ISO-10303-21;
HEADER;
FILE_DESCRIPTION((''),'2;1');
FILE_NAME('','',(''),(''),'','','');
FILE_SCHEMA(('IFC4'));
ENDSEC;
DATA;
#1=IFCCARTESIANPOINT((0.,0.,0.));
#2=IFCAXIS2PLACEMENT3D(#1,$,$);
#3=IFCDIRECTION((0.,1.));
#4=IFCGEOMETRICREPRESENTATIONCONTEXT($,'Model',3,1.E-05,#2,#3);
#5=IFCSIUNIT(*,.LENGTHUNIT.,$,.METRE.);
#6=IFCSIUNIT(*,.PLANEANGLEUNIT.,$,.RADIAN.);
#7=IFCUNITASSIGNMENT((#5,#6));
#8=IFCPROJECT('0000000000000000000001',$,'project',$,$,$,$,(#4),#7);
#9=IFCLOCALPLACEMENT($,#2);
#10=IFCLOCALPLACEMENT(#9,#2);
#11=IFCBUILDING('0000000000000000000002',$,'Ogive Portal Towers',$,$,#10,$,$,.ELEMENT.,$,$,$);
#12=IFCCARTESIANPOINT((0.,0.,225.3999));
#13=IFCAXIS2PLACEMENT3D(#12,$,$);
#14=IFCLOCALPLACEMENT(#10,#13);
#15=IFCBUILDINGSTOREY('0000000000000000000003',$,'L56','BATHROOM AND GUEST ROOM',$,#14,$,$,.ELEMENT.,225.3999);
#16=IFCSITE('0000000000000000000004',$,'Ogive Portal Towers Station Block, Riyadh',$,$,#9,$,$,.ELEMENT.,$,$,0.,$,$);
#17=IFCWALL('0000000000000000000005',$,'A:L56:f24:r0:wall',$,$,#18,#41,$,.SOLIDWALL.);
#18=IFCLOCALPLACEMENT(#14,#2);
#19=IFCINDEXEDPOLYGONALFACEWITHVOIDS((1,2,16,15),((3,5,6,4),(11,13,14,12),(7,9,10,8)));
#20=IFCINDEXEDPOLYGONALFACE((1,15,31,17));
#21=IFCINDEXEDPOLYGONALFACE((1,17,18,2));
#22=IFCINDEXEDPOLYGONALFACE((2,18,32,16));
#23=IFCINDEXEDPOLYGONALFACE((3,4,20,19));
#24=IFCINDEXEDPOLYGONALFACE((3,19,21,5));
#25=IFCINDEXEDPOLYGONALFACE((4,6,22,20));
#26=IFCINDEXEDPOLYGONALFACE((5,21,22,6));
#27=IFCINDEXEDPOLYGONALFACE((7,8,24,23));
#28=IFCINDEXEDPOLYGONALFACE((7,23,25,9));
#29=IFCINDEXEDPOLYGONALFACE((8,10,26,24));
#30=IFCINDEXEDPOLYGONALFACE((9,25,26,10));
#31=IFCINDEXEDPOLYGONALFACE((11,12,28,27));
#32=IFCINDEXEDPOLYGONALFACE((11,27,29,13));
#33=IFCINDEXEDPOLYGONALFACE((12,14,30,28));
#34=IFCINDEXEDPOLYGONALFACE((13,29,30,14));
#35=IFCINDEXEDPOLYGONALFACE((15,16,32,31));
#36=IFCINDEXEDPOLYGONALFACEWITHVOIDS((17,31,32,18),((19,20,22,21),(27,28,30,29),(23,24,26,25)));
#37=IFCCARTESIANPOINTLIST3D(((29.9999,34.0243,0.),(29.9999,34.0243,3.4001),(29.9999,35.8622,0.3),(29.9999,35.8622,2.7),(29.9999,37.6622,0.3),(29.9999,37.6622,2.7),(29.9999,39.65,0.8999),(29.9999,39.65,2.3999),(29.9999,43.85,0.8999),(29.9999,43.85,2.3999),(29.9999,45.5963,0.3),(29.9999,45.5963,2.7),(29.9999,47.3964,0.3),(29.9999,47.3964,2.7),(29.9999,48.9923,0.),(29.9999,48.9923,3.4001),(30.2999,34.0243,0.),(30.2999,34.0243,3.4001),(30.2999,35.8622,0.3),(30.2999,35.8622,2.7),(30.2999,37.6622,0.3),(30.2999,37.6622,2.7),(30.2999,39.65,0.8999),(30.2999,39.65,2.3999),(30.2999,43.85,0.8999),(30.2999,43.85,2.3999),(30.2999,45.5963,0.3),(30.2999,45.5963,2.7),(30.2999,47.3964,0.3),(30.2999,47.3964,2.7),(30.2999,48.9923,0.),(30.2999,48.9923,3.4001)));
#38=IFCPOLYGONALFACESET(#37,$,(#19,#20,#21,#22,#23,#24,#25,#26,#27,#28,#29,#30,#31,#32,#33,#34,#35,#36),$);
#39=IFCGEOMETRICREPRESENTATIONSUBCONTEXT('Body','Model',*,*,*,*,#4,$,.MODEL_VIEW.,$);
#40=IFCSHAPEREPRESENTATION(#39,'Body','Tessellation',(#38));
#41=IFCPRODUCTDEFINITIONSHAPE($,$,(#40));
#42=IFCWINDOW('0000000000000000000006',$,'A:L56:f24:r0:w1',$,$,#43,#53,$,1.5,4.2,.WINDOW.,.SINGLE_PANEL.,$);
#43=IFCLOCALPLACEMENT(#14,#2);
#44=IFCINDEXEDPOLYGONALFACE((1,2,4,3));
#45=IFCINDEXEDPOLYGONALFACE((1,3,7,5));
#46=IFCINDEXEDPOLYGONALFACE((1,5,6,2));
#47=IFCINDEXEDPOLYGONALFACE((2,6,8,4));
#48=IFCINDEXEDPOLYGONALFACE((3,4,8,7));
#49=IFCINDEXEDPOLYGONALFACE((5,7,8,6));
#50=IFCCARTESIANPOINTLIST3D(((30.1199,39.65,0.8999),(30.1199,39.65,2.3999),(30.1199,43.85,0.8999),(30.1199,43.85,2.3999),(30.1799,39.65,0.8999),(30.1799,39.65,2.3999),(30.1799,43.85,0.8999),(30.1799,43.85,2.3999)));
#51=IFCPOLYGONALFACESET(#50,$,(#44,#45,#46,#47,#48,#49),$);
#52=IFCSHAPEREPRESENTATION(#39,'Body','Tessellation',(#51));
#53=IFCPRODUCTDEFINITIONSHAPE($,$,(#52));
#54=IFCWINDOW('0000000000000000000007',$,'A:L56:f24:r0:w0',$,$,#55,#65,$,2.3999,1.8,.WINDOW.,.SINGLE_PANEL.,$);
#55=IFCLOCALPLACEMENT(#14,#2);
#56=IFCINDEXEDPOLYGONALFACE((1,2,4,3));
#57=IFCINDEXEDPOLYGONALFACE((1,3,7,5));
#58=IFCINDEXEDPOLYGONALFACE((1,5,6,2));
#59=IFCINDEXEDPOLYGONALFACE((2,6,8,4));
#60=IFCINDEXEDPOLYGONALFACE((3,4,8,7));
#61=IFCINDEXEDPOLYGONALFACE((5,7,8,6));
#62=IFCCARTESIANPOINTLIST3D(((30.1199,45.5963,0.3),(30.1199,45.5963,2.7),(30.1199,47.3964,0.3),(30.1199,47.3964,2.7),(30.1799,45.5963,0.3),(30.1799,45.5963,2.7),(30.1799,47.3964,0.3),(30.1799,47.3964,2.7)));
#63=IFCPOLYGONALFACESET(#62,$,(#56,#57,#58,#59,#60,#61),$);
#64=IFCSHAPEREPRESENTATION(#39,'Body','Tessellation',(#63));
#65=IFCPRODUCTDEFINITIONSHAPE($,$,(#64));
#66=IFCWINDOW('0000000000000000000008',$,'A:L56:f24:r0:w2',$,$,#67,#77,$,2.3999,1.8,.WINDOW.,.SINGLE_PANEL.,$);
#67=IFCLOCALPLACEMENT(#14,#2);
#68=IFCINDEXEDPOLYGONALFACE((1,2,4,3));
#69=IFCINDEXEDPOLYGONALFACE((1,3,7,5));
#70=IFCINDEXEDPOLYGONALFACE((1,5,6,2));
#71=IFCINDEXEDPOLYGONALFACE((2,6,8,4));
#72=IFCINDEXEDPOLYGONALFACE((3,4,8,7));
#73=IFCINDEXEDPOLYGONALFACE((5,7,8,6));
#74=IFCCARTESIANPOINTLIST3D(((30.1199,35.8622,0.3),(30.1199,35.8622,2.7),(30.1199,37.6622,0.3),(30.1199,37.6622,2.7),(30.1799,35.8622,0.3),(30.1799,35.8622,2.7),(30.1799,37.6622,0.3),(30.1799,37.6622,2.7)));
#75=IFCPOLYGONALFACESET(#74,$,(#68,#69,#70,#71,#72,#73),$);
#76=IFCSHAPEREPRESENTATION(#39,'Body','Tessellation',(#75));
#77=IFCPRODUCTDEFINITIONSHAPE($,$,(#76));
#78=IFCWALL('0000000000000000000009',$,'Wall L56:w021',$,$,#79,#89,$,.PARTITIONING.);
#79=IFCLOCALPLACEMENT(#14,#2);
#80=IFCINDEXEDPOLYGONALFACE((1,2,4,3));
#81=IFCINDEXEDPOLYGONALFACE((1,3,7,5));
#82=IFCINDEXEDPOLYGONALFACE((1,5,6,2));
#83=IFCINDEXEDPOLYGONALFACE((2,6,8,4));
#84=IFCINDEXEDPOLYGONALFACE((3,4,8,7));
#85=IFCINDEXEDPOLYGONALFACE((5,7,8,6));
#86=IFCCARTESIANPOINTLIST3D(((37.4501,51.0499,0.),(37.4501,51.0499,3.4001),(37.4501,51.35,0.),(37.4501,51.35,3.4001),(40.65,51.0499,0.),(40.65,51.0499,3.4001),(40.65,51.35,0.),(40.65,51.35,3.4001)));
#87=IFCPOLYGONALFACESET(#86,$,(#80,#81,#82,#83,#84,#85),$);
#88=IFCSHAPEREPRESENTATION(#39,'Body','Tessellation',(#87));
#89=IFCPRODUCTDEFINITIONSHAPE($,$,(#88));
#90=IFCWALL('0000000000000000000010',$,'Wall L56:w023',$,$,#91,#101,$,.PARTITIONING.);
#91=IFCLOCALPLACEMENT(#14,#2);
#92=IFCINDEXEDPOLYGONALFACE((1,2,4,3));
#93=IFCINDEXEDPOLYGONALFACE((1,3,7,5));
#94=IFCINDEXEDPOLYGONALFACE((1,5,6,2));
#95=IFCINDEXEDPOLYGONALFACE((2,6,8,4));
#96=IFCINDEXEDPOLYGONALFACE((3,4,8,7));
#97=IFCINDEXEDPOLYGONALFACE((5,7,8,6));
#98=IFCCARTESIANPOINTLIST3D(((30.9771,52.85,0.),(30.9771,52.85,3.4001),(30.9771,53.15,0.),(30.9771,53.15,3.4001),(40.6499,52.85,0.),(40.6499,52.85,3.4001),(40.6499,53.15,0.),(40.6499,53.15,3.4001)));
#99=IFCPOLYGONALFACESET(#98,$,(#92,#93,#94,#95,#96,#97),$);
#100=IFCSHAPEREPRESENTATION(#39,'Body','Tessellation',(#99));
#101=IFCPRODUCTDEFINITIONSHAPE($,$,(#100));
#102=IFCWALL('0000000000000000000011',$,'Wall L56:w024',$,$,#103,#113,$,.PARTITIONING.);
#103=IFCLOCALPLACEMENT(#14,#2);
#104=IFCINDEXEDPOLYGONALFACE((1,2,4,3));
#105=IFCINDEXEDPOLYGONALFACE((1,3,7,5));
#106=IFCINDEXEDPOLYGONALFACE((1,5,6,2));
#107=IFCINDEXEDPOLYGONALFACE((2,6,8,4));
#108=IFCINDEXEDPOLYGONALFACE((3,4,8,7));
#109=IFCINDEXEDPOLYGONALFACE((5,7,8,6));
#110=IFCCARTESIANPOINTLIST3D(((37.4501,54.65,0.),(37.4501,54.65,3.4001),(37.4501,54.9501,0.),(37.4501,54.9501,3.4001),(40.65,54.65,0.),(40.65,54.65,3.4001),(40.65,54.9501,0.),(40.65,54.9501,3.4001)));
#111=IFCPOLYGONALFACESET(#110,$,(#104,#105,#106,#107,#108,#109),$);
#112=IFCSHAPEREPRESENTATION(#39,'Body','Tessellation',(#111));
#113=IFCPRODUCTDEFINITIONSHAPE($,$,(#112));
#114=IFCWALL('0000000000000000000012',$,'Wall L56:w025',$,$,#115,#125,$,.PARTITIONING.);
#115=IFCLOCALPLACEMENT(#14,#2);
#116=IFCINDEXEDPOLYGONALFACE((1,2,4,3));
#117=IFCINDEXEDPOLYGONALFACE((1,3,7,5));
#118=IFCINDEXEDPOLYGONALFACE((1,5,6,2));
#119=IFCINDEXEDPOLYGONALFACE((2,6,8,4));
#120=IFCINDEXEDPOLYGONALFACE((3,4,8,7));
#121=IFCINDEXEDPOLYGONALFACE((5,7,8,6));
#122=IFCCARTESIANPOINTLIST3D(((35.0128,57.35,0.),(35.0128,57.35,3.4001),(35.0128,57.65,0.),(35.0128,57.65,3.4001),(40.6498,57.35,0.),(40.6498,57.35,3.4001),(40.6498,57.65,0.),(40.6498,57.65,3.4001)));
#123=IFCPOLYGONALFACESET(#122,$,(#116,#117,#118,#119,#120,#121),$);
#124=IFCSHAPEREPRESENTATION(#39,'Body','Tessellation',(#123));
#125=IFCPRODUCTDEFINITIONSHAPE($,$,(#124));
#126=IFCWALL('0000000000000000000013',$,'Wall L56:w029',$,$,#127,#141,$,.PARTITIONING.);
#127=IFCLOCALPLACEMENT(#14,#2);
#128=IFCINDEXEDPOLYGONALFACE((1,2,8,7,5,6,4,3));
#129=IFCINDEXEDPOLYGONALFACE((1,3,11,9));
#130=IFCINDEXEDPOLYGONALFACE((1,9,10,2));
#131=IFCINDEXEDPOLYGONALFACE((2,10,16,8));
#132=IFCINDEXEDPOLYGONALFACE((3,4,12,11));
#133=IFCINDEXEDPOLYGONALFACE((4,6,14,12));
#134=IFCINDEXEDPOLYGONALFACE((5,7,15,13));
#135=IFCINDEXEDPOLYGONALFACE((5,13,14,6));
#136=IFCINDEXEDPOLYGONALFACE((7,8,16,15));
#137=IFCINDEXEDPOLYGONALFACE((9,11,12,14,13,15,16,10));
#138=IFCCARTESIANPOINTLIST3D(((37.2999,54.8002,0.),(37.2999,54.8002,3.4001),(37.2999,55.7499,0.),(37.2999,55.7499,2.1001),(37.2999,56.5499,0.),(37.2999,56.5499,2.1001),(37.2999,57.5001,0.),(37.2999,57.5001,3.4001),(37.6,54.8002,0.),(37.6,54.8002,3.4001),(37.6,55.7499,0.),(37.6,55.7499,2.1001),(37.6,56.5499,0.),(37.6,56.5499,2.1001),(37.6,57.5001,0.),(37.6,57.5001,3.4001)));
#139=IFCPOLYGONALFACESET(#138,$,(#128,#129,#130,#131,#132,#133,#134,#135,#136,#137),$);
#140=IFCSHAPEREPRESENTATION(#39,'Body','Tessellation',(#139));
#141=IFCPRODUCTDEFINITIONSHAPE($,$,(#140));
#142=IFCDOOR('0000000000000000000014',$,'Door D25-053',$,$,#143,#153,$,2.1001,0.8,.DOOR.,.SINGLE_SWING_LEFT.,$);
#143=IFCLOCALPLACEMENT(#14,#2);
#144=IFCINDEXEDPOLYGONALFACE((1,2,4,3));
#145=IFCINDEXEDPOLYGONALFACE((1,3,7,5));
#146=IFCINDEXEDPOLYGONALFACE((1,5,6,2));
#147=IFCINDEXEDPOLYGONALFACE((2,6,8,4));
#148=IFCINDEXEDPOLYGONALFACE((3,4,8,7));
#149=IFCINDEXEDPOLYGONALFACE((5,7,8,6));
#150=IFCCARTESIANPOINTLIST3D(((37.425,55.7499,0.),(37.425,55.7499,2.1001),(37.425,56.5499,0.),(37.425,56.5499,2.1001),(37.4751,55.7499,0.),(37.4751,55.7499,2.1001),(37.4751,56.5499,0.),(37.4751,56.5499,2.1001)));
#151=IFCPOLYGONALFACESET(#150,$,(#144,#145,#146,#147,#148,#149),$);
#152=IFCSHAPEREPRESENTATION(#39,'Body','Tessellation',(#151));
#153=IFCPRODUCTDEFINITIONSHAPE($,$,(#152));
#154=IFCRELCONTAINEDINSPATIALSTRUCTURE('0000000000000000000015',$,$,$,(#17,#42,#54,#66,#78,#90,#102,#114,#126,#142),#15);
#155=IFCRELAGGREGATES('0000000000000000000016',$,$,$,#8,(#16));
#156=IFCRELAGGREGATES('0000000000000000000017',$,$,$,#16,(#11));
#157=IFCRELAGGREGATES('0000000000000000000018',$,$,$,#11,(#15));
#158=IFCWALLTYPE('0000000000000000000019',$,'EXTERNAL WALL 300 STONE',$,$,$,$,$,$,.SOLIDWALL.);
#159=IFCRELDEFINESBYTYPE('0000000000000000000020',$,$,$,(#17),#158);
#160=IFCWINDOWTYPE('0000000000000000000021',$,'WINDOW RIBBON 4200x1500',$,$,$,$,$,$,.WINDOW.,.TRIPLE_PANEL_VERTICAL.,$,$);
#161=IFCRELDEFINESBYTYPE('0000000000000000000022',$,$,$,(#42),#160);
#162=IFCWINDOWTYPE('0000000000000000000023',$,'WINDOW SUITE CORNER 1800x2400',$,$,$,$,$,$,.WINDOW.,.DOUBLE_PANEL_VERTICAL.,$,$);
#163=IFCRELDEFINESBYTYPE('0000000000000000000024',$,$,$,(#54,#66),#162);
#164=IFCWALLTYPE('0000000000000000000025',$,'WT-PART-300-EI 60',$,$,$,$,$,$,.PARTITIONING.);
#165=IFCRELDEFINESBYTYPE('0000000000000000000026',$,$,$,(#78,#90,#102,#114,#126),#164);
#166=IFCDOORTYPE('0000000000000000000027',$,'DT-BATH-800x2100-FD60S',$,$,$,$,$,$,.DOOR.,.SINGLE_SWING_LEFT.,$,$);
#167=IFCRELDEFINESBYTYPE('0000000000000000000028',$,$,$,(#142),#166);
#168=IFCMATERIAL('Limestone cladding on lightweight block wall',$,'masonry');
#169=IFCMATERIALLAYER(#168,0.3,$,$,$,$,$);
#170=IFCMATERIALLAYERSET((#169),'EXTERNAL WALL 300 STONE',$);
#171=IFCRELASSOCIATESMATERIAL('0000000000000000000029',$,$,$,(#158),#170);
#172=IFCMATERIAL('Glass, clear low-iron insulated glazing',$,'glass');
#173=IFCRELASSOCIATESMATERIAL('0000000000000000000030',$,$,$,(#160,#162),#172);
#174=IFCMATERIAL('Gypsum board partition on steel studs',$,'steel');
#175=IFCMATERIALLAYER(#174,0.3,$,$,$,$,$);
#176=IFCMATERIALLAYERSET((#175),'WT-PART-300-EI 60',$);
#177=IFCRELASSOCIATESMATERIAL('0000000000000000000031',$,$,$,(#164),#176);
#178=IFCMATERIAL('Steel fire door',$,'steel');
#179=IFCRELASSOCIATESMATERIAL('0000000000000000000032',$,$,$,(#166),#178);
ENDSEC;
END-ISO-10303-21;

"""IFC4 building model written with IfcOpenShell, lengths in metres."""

from ifc_helpers import new_model, si_unit, direction, frame, frame_2d, origin, place, context, subcontext, project, spatial, rectangle, extrude, material, layer, layer_set, type_object, element, fill, save


model = new_model("IFC4")

# Units and contexts
model_context = context("Model", 3, precision=1e-05, world=origin(), true_north=direction((0.0, 1.0)))
body_context = subcontext(model_context, "Body", "Model", "MODEL_VIEW")
ifc_project = project(units=[si_unit("LENGTHUNIT", "METRE"), si_unit("PLANEANGLEUNIT", "RADIAN")], contexts=[model_context])

# Site, building, storey
site_placement = place(None, origin())
site = spatial("IfcSite", under=ifc_project, at=site_placement, Name="Ogive Portal Towers Station Block, Riyadh", CompositionType="ELEMENT", RefElevation=0.0)
building_placement = place(site_placement, origin())
building = spatial("IfcBuilding", under=site, at=building_placement, Name="Ogive Portal Towers", CompositionType="ELEMENT")
storey_placement = place(building_placement, frame((0.0, 0.0, 225.3999)))
storey = spatial("IfcBuildingStorey", under=building, at=storey_placement, Name="L56", Description="BATHROOM AND GUEST ROOM", CompositionType="ELEMENT", Elevation=225.3999)

# Shared definitions
ifc_material_1 = material(Name="Glass, clear low-iron insulated glazing", Category="glass")

# Wall, openings, windows
ifc_material_2 = material(Name="Limestone cladding on lightweight block wall", Category="masonry")
ifc_layer_1 = layer(ifc_material_2, 0.3)
ifc_layer_set_1 = layer_set([ifc_layer_1], Name="EXTERNAL WALL 300 STONE")
wall_type_1 = type_object("IfcWallType", Name="EXTERNAL WALL 300 STONE", PredefinedType="SOLIDWALL", material=ifc_layer_set_1)
wall_1_placement = place(storey_placement, frame((30.1499, 48.9922, 0.0), z_axis=(0.0, 0.0, 1.0), x_axis=(0.0, -1.0, 0.0)))
wall_1 = element("IfcWall", 1, at=wall_1_placement, inside=storey, type_object=wall_type_1, Name="A:L56:f24:r0:wall", PredefinedType="SOLIDWALL", context=body_context, shape_type="SweptSolid", body=[
    extrude(rectangle(XDim=14.968, YDim=0.3, at=frame_2d((7.4839, 0.0))), origin(), (0.0, 0.0, 1.0), 3.4001),
])
opening_1_placement = place(wall_1_placement, frame((1.5959, 0.0, 0.3)))
opening_1 = element("IfcOpeningElement", 2, at=opening_1_placement, cuts=wall_1, PredefinedType="OPENING", context=body_context, shape_type="SweptSolid", body=[
    extrude(rectangle(XDim=1.8, YDim=2.3999, at=frame_2d((0.8999, 1.2))), frame((0.0, 0.1602, 0.0), z_axis=(0.0, -1.0, 0.0), x_axis=(1.0, 0.0, 0.0)), (0.0, 0.0, 1.0), 0.3201),
])
opening_2_placement = place(wall_1_placement, frame((5.1421, 0.0, 0.8999)))
opening_2 = element("IfcOpeningElement", 3, at=opening_2_placement, cuts=wall_1, PredefinedType="OPENING", context=body_context, shape_type="SweptSolid", body=[
    extrude(rectangle(XDim=4.2, YDim=1.5, at=frame_2d((2.1001, 0.75))), frame((0.0, 0.1602, 0.0), z_axis=(0.0, -1.0, 0.0), x_axis=(1.0, 0.0, 0.0)), (0.0, 0.0, 1.0), 0.3201),
])
opening_3_placement = place(wall_1_placement, frame((11.3301, 0.0, 0.3)))
opening_3 = element("IfcOpeningElement", 4, at=opening_3_placement, cuts=wall_1, PredefinedType="OPENING", context=body_context, shape_type="SweptSolid", body=[
    extrude(rectangle(XDim=1.8, YDim=2.3999, at=frame_2d((0.8999, 1.2))), frame((0.0, 0.1602, 0.0), z_axis=(0.0, -1.0, 0.0), x_axis=(1.0, 0.0, 0.0)), (0.0, 0.0, 1.0), 0.3201),
])
window_type_1 = type_object("IfcWindowType", Name="WINDOW RIBBON 4200x1500", PartitioningType="TRIPLE_PANEL_VERTICAL", PredefinedType="WINDOW", material=ifc_material_1)
window_1_placement = place(opening_2_placement, origin())
window_1 = element("IfcWindow", 5, at=window_1_placement, inside=storey, type_object=window_type_1, Name="A:L56:f24:r0:w1", OverallHeight=1.5, OverallWidth=4.2, PartitioningType="SINGLE_PANEL", PredefinedType="WINDOW", context=body_context, shape_type="SweptSolid", body=[
    extrude(rectangle(XDim=4.2, YDim=1.5, at=frame_2d((2.1001, 0.75))), frame((0.0, 0.03, 0.0), z_axis=(0.0, -1.0, 0.0), x_axis=(1.0, 0.0, 0.0)), (0.0, 0.0, 1.0), 0.0601),
])
fill(opening_2, window_1)
window_type_2 = type_object("IfcWindowType", Name="WINDOW SUITE CORNER 1800x2400", PartitioningType="DOUBLE_PANEL_VERTICAL", PredefinedType="WINDOW", material=ifc_material_1)
window_2_placement = place(opening_1_placement, origin())
window_2 = element("IfcWindow", 6, at=window_2_placement, inside=storey, type_object=window_type_2, Name="A:L56:f24:r0:w0", OverallHeight=2.3999, OverallWidth=1.8, PartitioningType="SINGLE_PANEL", PredefinedType="WINDOW", context=body_context, shape_type="SweptSolid", body=[
    extrude(rectangle(XDim=1.8, YDim=2.3999, at=frame_2d((0.8999, 1.2))), frame((0.0, 0.03, 0.0), z_axis=(0.0, -1.0, 0.0), x_axis=(1.0, 0.0, 0.0)), (0.0, 0.0, 1.0), 0.0601),
])
fill(opening_1, window_2)
window_3_placement = place(opening_3_placement, origin())
window_3 = element("IfcWindow", 7, at=window_3_placement, inside=storey, type_object=window_type_2, Name="A:L56:f24:r0:w2", OverallHeight=2.3999, OverallWidth=1.8, PartitioningType="SINGLE_PANEL", PredefinedType="WINDOW", context=body_context, shape_type="SweptSolid", body=[
    extrude(rectangle(XDim=1.8, YDim=2.3999, at=frame_2d((0.8999, 1.2))), frame((0.0, 0.03, 0.0), z_axis=(0.0, -1.0, 0.0), x_axis=(1.0, 0.0, 0.0)), (0.0, 0.0, 1.0), 0.0601),
])
fill(opening_3, window_3)

# Walls
ifc_material_3 = material(Name="Gypsum board partition on steel studs", Category="steel")
ifc_layer_2 = layer(ifc_material_3, 0.3)
ifc_layer_set_2 = layer_set([ifc_layer_2], Name="WT-PART-300-EI 60")
wall_type_2 = type_object("IfcWallType", Name="WT-PART-300-EI 60", PredefinedType="PARTITIONING", material=ifc_layer_set_2)
wall_2_placement = place(storey_placement, frame((37.45, 51.2, 0.0), z_axis=(0.0, 0.0, 1.0), x_axis=(1.0, 0.0, 0.0)))
element("IfcWall", 8, at=wall_2_placement, inside=storey, type_object=wall_type_2, Name="Wall L56:w021", PredefinedType="PARTITIONING", context=body_context, shape_type="SweptSolid", body=[
    extrude(rectangle(XDim=3.2, YDim=0.3, at=frame_2d((1.6001, 0.0))), origin(), (0.0, 0.0, 1.0), 3.4001),
])
wall_3_placement = place(storey_placement, frame((30.9771, 53.0, 0.0), z_axis=(0.0, 0.0, 1.0), x_axis=(1.0, 0.0, 0.0)))
element("IfcWall", 9, at=wall_3_placement, inside=storey, type_object=wall_type_2, Name="Wall L56:w023", PredefinedType="PARTITIONING", context=body_context, shape_type="SweptSolid", body=[
    extrude(rectangle(XDim=9.6729, YDim=0.3, at=frame_2d((4.8364, 0.0))), origin(), (0.0, 0.0, 1.0), 3.4001),
])
wall_4_placement = place(storey_placement, frame((37.45, 54.8, 0.0), z_axis=(0.0, 0.0, 1.0), x_axis=(1.0, 0.0, 0.0)))
element("IfcWall", 10, at=wall_4_placement, inside=storey, type_object=wall_type_2, Name="Wall L56:w024", PredefinedType="PARTITIONING", context=body_context, shape_type="SweptSolid", body=[
    extrude(rectangle(XDim=3.2, YDim=0.3, at=frame_2d((1.6001, 0.0))), origin(), (0.0, 0.0, 1.0), 3.4001),
])
wall_5_placement = place(storey_placement, frame((35.0129, 57.5, 0.0), z_axis=(0.0, 0.0, 1.0), x_axis=(1.0, 0.0, 0.0)))
element("IfcWall", 11, at=wall_5_placement, inside=storey, type_object=wall_type_2, Name="Wall L56:w025", PredefinedType="PARTITIONING", context=body_context, shape_type="SweptSolid", body=[
    extrude(rectangle(XDim=5.637, YDim=0.3, at=frame_2d((2.8184, 0.0))), origin(), (0.0, 0.0, 1.0), 3.4001),
])

# Wall, opening, door
wall_6_placement = place(storey_placement, frame((37.45, 54.8, 0.0), z_axis=(0.0, 0.0, 1.0), x_axis=(0.0, 1.0, 0.0)))
wall_6 = element("IfcWall", 12, at=wall_6_placement, inside=storey, type_object=wall_type_2, Name="Wall L56:w029", PredefinedType="PARTITIONING", context=body_context, shape_type="SweptSolid", body=[
    extrude(rectangle(XDim=2.7, YDim=0.3, at=frame_2d((1.3501, 0.0))), origin(), (0.0, 0.0, 1.0), 3.4001),
])
opening_4_placement = place(wall_6_placement, frame((0.95, 0.0, 0.0)))
opening_4 = element("IfcOpeningElement", 13, at=opening_4_placement, cuts=wall_6, PredefinedType="OPENING", context=body_context, shape_type="SweptSolid", body=[
    extrude(rectangle(XDim=0.8, YDim=2.1001, at=frame_2d((0.3999, 1.05))), frame((0.0, 0.1602, 0.0), z_axis=(0.0, -1.0, 0.0), x_axis=(1.0, 0.0, 0.0)), (0.0, 0.0, 1.0), 0.3201),
])
ifc_material_4 = material(Name="Steel fire door", Category="steel")
door_type = type_object("IfcDoorType", Name="DT-BATH-800x2100-FD60S", OperationType="SINGLE_SWING_LEFT", PredefinedType="DOOR", material=ifc_material_4)
door_placement = place(opening_4_placement, origin())
door = element("IfcDoor", 14, at=door_placement, inside=storey, type_object=door_type, Name="Door D25-053", OperationType="SINGLE_SWING_LEFT", OverallHeight=2.1001, OverallWidth=0.8, PredefinedType="DOOR", context=body_context, shape_type="SweptSolid", body=[
    extrude(rectangle(XDim=0.8, YDim=2.1001, at=frame_2d((0.3999, 1.05))), frame((0.0, 0.0249, 0.0), z_axis=(0.0, -1.0, 0.0), x_axis=(1.0, 0.0, 0.0)), (0.0, 0.0, 1.0), 0.05),
])
fill(opening_4, door)

save(model, "model.ifc")
